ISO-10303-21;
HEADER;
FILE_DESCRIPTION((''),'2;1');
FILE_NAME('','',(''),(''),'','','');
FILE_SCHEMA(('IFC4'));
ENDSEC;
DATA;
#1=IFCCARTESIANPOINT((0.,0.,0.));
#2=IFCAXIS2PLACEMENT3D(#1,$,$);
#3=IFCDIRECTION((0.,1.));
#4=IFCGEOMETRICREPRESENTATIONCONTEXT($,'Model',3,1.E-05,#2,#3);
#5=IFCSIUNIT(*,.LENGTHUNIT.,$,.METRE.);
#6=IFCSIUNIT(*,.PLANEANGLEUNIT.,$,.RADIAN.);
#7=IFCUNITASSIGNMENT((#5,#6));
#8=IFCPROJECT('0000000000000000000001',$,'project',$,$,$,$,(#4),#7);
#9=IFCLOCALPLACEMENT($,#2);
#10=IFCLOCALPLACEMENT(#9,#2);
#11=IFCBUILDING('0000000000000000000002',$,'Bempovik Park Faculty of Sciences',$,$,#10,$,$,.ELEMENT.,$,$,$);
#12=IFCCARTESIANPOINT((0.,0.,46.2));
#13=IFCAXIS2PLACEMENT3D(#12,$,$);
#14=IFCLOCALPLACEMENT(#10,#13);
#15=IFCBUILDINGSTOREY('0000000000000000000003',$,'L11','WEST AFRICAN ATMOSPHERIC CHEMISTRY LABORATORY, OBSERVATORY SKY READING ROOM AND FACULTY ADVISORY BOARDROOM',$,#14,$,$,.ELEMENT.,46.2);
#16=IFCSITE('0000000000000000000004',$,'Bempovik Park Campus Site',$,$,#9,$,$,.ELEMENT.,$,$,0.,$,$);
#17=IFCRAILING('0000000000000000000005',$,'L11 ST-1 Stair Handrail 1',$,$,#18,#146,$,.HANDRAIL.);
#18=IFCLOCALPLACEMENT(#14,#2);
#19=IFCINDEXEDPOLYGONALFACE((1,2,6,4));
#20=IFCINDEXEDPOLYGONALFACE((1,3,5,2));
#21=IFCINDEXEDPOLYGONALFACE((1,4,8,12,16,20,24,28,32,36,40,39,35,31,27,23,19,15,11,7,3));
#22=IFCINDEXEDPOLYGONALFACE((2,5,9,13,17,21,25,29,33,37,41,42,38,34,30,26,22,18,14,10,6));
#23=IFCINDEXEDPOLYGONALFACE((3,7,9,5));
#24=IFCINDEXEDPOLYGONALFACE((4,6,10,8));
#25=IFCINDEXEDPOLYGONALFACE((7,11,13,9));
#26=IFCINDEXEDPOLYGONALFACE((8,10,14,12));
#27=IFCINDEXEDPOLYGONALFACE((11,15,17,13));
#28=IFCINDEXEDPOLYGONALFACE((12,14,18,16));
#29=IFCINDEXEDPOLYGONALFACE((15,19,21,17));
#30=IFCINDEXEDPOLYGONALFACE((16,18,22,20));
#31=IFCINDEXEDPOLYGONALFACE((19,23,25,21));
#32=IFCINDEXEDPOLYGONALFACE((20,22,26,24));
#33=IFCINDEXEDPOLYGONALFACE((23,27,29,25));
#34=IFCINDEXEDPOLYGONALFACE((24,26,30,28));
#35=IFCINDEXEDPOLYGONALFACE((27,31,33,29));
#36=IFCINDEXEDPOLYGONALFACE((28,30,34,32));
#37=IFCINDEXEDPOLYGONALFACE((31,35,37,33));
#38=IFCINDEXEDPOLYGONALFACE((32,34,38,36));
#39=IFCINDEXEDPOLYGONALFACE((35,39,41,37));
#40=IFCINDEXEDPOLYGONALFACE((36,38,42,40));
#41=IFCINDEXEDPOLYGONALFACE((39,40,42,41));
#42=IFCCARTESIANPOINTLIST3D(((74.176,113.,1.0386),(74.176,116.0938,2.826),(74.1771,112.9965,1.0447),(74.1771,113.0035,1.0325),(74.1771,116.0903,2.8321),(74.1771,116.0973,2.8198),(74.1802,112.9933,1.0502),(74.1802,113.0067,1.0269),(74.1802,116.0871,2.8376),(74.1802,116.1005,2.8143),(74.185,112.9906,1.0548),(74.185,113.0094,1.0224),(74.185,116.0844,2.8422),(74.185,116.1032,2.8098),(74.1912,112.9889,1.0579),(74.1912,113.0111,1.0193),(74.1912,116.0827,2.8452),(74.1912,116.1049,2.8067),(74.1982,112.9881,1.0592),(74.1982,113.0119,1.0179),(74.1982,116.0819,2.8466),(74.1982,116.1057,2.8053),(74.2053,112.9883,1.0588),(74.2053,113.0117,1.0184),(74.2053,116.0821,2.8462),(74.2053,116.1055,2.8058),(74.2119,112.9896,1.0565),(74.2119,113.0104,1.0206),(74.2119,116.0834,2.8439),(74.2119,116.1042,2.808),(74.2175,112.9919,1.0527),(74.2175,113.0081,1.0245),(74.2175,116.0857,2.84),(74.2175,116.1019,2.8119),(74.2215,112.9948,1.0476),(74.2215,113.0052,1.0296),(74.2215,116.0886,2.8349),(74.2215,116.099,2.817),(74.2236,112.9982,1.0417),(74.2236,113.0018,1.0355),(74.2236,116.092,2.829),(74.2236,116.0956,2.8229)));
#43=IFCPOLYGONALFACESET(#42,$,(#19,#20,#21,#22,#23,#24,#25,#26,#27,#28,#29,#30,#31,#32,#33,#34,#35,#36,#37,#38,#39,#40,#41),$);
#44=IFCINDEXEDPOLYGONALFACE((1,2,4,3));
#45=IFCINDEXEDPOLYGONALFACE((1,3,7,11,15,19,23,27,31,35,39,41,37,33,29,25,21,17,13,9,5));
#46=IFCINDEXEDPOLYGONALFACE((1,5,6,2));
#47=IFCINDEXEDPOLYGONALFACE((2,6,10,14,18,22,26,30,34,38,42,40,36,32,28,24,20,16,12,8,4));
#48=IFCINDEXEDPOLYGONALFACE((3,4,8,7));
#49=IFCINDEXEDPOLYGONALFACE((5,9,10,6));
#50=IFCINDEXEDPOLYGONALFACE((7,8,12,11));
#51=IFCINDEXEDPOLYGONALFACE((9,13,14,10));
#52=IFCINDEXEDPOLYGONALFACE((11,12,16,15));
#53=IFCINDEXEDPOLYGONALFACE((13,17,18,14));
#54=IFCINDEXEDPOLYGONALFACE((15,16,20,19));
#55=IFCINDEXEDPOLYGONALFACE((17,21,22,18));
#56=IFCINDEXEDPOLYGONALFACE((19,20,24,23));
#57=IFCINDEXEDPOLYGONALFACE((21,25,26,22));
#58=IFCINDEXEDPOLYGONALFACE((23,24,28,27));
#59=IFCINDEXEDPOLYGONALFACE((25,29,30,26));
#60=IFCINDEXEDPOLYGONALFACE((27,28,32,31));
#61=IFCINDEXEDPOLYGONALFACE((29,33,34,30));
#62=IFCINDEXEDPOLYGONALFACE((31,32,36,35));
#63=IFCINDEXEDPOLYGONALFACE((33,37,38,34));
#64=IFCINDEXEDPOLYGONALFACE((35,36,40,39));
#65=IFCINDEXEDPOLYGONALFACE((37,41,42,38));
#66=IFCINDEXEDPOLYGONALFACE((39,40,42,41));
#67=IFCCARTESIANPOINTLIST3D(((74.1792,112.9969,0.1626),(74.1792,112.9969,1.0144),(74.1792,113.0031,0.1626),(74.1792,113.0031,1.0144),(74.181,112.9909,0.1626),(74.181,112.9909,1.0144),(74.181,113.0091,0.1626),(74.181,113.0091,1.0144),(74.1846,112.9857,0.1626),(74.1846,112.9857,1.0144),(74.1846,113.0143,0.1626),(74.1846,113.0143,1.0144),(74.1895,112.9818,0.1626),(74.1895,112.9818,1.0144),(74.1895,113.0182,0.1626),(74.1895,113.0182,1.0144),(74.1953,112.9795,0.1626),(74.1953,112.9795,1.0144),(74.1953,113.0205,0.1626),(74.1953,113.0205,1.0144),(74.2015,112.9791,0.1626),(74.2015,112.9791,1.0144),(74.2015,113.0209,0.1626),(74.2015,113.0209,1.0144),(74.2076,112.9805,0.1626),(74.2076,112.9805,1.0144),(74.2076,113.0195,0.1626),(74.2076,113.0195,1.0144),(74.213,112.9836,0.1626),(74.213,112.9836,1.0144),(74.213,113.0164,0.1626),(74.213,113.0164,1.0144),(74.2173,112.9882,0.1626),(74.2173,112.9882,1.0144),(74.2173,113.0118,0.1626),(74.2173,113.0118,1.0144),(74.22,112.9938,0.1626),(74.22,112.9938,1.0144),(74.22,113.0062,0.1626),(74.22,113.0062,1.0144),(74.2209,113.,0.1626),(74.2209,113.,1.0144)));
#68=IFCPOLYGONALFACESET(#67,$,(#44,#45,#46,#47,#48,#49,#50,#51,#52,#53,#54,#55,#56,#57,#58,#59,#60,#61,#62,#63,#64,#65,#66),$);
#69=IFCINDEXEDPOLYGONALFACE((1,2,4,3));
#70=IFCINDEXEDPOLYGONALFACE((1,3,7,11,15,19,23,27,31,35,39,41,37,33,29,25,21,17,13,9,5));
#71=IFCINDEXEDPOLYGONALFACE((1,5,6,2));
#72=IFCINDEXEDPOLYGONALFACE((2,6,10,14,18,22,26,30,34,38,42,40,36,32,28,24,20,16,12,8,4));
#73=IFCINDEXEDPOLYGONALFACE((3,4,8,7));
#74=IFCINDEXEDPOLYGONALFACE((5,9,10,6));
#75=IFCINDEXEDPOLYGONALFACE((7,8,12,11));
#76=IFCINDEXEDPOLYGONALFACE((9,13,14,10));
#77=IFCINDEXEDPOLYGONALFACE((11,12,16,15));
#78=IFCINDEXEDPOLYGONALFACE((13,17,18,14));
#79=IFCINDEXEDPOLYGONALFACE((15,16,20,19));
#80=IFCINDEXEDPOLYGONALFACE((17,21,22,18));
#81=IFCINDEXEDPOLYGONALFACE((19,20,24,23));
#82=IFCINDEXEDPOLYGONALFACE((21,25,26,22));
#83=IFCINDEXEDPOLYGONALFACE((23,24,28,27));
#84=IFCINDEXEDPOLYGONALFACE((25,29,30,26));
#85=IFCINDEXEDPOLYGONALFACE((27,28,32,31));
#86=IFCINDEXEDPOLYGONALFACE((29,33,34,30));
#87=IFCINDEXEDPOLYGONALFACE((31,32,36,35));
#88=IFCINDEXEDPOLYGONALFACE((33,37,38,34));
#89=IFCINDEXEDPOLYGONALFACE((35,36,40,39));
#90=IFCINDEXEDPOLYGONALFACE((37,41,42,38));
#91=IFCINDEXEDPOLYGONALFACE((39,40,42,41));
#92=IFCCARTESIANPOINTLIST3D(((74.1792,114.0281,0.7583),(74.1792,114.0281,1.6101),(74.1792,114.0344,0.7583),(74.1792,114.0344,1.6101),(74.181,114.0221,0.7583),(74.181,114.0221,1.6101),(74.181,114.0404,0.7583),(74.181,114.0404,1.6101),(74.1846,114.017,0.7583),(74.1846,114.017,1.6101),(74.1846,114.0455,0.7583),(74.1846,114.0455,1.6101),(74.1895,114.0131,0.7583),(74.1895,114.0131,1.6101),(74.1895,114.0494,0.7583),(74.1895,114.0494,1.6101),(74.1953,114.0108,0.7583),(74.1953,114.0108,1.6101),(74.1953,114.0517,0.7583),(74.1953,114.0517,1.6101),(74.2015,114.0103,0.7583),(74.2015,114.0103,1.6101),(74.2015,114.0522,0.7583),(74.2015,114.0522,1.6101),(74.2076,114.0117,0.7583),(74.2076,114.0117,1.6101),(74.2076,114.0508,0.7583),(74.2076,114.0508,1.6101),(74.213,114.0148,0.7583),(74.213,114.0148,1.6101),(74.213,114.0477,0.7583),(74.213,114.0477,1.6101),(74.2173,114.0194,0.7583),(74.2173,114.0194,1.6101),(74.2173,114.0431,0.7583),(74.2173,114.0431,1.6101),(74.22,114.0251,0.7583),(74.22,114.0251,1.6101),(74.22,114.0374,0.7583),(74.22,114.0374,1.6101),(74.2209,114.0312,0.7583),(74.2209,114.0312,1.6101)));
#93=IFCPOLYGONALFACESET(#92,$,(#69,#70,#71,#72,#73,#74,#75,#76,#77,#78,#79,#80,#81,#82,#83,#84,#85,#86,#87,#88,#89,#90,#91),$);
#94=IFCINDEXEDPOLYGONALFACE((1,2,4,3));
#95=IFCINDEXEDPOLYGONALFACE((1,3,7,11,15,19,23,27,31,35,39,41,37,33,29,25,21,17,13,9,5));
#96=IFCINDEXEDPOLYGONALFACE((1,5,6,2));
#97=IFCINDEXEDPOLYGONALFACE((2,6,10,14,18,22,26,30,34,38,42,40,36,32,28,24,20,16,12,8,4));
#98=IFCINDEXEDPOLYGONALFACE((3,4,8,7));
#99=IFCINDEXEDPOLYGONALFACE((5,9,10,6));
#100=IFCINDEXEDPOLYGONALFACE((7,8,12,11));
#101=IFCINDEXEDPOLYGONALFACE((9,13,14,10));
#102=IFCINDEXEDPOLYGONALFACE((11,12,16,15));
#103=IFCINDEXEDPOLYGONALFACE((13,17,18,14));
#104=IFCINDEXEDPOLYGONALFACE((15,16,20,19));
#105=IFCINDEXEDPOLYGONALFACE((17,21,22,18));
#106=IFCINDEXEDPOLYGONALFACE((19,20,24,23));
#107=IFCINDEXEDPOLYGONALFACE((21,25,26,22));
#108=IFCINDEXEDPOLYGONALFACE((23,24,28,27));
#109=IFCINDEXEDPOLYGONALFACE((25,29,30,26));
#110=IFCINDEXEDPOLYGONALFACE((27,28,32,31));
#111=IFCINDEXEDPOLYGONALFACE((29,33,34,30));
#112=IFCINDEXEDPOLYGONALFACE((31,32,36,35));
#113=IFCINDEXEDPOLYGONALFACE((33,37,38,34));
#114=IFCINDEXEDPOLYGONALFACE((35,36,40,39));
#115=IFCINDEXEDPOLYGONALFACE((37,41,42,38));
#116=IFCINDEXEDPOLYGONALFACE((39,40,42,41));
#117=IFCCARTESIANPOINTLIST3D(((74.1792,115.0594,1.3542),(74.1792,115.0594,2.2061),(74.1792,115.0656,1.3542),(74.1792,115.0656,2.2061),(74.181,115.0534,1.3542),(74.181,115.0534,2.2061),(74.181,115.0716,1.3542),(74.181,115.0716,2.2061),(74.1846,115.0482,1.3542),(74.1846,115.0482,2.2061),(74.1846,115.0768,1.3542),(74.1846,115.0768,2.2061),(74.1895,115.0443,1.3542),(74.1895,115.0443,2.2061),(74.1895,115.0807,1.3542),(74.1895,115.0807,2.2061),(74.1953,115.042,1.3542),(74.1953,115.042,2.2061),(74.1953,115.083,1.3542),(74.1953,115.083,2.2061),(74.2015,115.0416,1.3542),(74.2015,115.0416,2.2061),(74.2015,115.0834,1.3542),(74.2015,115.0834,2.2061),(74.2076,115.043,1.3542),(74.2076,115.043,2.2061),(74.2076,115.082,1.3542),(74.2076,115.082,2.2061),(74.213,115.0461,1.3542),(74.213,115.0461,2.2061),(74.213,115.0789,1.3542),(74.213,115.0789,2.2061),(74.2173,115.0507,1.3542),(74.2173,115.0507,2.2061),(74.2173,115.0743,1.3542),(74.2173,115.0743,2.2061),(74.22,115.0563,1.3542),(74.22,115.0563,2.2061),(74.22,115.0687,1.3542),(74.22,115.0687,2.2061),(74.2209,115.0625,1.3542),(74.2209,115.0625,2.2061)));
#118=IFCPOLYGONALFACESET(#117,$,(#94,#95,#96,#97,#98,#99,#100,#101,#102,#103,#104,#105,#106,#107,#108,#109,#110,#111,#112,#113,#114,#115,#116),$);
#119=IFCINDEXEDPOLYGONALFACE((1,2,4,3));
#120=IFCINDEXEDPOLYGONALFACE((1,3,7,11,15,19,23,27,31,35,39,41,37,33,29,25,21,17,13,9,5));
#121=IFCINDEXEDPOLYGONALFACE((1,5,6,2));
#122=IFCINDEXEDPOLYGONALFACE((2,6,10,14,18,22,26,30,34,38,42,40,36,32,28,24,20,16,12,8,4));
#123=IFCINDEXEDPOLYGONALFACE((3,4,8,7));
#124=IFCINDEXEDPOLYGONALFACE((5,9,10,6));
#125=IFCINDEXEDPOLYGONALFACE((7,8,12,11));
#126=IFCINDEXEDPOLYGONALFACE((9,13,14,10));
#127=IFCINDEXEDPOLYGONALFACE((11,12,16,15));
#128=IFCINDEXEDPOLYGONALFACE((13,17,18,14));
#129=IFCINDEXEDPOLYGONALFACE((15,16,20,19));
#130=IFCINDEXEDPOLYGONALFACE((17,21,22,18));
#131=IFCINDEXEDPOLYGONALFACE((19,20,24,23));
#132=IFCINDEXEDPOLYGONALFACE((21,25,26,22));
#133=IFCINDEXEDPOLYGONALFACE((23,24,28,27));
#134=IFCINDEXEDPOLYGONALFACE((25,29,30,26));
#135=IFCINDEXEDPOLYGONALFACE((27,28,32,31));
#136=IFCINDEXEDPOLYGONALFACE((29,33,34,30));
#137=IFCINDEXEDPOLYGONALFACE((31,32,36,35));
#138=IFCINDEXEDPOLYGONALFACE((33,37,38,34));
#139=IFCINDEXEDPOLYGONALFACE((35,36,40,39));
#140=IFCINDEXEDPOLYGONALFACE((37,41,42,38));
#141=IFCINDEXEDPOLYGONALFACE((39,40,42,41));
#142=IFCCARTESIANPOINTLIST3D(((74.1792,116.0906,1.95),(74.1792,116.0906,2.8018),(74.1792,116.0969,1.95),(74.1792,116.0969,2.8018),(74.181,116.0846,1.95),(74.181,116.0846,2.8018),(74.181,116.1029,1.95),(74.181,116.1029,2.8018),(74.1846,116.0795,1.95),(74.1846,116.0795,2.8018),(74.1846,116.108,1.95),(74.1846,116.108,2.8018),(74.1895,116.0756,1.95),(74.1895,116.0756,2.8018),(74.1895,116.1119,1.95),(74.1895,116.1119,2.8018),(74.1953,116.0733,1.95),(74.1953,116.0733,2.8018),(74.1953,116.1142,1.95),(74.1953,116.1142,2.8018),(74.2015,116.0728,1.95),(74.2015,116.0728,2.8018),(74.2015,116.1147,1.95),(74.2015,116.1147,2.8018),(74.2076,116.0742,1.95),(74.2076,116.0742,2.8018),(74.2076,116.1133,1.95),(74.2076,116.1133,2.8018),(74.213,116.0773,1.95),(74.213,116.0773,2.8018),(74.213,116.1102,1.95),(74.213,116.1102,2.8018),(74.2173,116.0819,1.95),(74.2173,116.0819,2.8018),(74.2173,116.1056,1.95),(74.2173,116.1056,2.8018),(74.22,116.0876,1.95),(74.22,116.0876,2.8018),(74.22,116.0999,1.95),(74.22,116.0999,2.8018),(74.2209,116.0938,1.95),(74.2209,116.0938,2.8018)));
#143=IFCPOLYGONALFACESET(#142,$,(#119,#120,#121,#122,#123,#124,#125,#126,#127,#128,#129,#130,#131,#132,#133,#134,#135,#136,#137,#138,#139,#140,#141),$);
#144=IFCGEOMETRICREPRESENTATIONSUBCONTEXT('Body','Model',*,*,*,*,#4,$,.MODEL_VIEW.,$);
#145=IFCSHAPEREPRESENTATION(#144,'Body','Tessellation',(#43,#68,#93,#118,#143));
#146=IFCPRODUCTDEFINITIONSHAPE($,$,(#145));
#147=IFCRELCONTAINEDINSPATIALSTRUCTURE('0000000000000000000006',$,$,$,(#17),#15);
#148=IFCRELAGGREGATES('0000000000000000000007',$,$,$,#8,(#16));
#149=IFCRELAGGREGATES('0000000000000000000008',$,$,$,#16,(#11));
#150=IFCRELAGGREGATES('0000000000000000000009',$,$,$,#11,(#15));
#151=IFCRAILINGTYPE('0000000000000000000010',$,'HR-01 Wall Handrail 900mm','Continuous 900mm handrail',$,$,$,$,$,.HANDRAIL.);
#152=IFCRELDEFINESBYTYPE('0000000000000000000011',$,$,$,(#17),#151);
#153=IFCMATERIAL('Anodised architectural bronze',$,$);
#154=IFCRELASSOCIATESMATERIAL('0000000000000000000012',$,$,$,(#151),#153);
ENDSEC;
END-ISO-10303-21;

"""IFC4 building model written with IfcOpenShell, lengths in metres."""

from ifc_helpers import new_model, si_unit, direction, frame, origin, origin_2d, place, context, subcontext, project, spatial, circle, extrude, material, type_object, element, save


model = new_model("IFC4")

# Units and contexts
model_context = context("Model", 3, precision=1e-05, world=origin(), true_north=direction((0.0, 1.0)))
body_context = subcontext(model_context, "Body", "Model", "MODEL_VIEW")
ifc_project = project(units=[si_unit("LENGTHUNIT", "METRE"), si_unit("PLANEANGLEUNIT", "RADIAN")], contexts=[model_context])

# Site, building, storey
site_placement = place(None, origin())
site = spatial("IfcSite", under=ifc_project, at=site_placement, Name="Bempovik Park Campus Site", CompositionType="ELEMENT", RefElevation=0.0)
building_placement = place(site_placement, origin())
building = spatial("IfcBuilding", under=site, at=building_placement, Name="Bempovik Park Faculty of Sciences", CompositionType="ELEMENT")
storey_placement = place(building_placement, frame((0.0, 0.0, 46.2)))
storey = spatial("IfcBuildingStorey", under=building, at=storey_placement, Name="L11", Description="WEST AFRICAN ATMOSPHERIC CHEMISTRY LABORATORY, OBSERVATORY SKY READING ROOM AND FACULTY ADVISORY BOARDROOM", CompositionType="ELEMENT", Elevation=46.2)

# Railing
ifc_material_1 = material(Name="Anodised architectural bronze")
railing_type_1 = type_object("IfcRailingType", Name="HR-01 Wall Handrail 900mm", Description="Continuous 900mm handrail", PredefinedType="HANDRAIL", material=ifc_material_1)
railing_1_placement = place(storey_placement, frame((74.2, 113.0, 0.1626)))
element("IfcRailing", 1, at=railing_1_placement, inside=storey, type_object=railing_type_1, Name="L11 ST-1 Stair Handrail 1", PredefinedType="HANDRAIL", context=body_context, shape_type="SweptSolid", body=[
    extrude(circle(Radius=0.0239, at=origin_2d()), frame((0.0, 0.0, 0.876), z_axis=(0.0, 0.865883, 0.500247), x_axis=(-1.0, 0.0, 0.0)), (0.0, 0.0, 1.0), 3.573),
    extrude(circle(Radius=0.021, at=origin_2d()), origin(), (0.0, 0.0, 1.0), 0.8518),
    extrude(circle(Radius=0.021, at=origin_2d()), frame((0.0, 1.0312, 0.5957)), (0.0, 0.0, 1.0), 0.8518),
    extrude(circle(Radius=0.021, at=origin_2d()), frame((0.0, 2.0625, 1.1917)), (0.0, 0.0, 1.0), 0.8518),
    extrude(circle(Radius=0.021, at=origin_2d()), frame((0.0, 3.0938, 1.7874)), (0.0, 0.0, 1.0), 0.8518),
])

save(model, "model.ifc")
